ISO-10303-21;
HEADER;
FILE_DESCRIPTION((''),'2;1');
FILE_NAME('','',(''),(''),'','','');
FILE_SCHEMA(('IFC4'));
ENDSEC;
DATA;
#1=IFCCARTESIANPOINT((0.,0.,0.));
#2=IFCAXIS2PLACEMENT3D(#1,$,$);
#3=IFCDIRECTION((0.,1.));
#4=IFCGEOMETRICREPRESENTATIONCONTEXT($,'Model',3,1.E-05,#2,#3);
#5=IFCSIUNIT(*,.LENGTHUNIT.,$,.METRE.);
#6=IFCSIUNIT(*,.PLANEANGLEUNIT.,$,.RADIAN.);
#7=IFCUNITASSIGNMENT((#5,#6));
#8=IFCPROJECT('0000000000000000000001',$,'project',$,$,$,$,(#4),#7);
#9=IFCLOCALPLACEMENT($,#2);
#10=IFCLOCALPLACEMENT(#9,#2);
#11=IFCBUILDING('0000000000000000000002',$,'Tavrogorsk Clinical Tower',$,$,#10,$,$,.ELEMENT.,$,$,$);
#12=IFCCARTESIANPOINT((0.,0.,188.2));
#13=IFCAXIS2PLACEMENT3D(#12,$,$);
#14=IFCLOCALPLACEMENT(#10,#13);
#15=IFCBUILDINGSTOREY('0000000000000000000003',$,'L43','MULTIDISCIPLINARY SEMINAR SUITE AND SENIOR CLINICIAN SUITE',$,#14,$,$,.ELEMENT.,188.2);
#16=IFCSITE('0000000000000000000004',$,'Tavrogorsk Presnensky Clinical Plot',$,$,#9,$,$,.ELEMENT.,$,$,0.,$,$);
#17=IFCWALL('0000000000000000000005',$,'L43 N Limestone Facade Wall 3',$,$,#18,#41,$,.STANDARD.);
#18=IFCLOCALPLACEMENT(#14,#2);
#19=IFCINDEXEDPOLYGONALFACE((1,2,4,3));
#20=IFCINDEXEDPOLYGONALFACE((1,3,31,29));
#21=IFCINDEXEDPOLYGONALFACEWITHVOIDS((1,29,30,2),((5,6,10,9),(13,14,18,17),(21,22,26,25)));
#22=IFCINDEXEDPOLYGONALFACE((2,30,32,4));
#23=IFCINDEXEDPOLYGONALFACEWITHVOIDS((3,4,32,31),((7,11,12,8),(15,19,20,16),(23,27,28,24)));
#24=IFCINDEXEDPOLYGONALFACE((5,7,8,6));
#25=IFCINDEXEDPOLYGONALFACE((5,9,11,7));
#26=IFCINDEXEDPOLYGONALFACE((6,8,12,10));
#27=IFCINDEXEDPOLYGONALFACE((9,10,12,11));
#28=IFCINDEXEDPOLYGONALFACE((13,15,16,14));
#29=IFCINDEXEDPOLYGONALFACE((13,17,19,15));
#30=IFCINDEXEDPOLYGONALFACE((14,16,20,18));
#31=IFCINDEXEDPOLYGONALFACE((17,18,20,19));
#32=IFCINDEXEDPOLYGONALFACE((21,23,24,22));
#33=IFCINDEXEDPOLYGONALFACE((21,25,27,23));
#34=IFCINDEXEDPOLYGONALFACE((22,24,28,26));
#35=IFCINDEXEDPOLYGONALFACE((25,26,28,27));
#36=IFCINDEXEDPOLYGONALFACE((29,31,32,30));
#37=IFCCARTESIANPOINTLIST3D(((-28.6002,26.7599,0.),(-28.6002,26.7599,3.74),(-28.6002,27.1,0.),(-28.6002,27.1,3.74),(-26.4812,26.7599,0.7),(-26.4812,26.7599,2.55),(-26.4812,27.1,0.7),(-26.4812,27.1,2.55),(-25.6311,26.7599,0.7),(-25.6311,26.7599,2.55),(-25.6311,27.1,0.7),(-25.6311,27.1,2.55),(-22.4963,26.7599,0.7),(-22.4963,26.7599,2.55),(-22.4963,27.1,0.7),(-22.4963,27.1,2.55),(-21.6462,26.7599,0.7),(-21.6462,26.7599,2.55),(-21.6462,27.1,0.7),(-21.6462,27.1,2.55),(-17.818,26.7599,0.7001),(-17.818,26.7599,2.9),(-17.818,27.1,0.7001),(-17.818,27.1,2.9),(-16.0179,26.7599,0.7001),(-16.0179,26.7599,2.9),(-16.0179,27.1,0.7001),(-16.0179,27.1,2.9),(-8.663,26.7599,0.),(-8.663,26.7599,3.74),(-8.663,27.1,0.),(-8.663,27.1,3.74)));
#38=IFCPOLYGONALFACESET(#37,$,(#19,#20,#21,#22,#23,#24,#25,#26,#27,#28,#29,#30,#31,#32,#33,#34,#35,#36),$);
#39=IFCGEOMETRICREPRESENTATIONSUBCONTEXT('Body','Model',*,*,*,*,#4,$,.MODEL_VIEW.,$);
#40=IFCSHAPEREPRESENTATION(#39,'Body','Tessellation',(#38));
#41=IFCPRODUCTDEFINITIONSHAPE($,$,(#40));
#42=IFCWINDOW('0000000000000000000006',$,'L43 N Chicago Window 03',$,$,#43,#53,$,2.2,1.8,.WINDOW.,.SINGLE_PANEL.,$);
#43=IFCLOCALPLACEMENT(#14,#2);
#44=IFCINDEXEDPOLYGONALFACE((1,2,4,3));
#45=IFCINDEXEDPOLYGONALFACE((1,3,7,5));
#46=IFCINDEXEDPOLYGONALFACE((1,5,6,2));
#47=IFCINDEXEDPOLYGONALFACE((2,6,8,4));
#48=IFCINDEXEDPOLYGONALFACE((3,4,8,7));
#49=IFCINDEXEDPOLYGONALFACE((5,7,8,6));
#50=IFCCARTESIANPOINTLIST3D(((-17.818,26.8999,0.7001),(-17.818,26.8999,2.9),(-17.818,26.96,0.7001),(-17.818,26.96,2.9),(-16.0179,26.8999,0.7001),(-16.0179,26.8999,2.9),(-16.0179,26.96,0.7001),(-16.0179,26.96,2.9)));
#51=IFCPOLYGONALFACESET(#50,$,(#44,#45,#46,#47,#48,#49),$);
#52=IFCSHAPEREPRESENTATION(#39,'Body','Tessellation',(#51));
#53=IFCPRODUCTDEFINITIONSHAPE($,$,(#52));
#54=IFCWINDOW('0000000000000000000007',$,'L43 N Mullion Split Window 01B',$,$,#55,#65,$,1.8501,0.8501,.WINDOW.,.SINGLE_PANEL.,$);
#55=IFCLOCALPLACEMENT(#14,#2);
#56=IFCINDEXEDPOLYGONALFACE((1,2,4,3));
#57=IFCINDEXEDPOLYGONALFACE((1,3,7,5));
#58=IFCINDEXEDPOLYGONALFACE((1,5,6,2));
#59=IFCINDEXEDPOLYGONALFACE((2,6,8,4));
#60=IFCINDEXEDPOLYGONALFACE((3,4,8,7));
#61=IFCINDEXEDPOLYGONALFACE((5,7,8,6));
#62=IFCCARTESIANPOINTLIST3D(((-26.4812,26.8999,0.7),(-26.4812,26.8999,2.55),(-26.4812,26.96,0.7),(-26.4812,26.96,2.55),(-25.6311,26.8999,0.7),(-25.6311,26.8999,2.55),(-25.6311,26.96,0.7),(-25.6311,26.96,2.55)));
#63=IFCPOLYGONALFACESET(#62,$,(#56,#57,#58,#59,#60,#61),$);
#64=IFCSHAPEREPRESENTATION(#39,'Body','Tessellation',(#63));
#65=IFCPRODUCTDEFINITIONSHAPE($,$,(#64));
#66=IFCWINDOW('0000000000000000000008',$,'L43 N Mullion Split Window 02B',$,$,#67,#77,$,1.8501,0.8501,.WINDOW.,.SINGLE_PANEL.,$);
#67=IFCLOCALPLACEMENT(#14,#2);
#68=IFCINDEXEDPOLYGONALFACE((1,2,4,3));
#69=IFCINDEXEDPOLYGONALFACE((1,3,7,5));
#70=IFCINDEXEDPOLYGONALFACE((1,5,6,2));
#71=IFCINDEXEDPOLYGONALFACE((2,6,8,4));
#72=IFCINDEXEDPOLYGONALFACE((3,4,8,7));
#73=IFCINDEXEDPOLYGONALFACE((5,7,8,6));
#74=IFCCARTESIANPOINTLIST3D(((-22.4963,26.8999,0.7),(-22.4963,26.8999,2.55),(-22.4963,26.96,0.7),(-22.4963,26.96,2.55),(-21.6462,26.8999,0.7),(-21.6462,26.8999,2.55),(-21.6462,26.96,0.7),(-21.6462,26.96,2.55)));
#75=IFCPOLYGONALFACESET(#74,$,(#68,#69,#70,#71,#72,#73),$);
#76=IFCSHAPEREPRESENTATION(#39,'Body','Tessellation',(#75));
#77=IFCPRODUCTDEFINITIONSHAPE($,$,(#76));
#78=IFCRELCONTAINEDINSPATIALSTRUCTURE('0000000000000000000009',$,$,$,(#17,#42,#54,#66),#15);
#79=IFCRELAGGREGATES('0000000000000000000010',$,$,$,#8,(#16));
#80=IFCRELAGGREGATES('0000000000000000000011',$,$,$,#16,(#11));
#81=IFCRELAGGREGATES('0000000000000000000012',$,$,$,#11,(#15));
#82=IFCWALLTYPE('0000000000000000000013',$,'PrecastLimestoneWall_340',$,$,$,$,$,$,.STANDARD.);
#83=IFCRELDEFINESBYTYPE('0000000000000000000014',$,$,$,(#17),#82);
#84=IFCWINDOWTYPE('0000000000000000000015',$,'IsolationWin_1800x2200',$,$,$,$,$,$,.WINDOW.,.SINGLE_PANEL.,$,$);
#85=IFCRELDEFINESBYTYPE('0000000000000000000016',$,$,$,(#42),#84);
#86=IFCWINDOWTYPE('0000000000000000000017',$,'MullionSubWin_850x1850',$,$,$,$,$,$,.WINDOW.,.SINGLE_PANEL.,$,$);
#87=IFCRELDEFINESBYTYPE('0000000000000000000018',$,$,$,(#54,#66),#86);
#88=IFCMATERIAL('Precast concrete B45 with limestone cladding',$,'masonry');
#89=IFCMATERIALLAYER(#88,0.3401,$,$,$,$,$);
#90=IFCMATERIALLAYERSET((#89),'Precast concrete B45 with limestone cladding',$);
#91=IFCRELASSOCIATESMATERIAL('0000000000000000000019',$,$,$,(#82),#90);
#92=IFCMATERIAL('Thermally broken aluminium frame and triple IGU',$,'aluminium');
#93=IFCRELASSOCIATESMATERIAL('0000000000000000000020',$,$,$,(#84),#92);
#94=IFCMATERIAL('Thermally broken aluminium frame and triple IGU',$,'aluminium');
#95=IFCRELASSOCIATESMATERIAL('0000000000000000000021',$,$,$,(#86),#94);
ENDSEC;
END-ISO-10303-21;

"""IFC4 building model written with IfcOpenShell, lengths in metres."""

from ifc_helpers import new_model, si_unit, direction, frame, frame_2d, origin, place, context, subcontext, project, spatial, rectangle, extrude, material, layer, layer_set, type_object, element, fill, save


model = new_model("IFC4")

# Units and contexts
model_context = context("Model", 3, precision=1e-05, world=origin(), true_north=direction((0.0, 1.0)))
body_context = subcontext(model_context, "Body", "Model", "MODEL_VIEW")
ifc_project = project(units=[si_unit("LENGTHUNIT", "METRE"), si_unit("PLANEANGLEUNIT", "RADIAN")], contexts=[model_context])

# Site, building, storey
site_placement = place(None, origin())
site = spatial("IfcSite", under=ifc_project, at=site_placement, Name="Tavrogorsk Presnensky Clinical Plot", CompositionType="ELEMENT", RefElevation=0.0)
building_placement = place(site_placement, origin())
building = spatial("IfcBuilding", under=site, at=building_placement, Name="Tavrogorsk Clinical Tower", CompositionType="ELEMENT")
storey_placement = place(building_placement, frame((0.0, 0.0, 188.2)))
storey = spatial("IfcBuildingStorey", under=building, at=storey_placement, Name="L43", Description="MULTIDISCIPLINARY SEMINAR SUITE AND SENIOR CLINICIAN SUITE", CompositionType="ELEMENT", Elevation=188.2)

# Wall, openings, windows
ifc_material_1 = material(Name="Precast concrete B45 with limestone cladding", Category="masonry")
ifc_layer_1 = layer(ifc_material_1, 0.3401)
ifc_layer_set_1 = layer_set([ifc_layer_1], Name="Precast concrete B45 with limestone cladding")
wall_type_1 = type_object("IfcWallType", Name="PrecastLimestoneWall_340", PredefinedType="STANDARD", material=ifc_layer_set_1)
wall_1_placement = place(storey_placement, frame((-8.6628, 26.9299, 0.0), z_axis=(0.0, 0.0, 1.0), x_axis=(-1.0, 0.0, 0.0)))
wall_1 = element("IfcWall", 1, at=wall_1_placement, inside=storey, type_object=wall_type_1, Name="L43 N Limestone Facade Wall 3", PredefinedType="STANDARD", context=body_context, shape_type="SweptSolid", body=[
    extrude(rectangle(XDim=19.9373, YDim=0.3401, at=frame_2d((9.9688, 0.0))), origin(), (0.0, 0.0, 1.0), 3.74),
])
opening_1_placement = place(wall_1_placement, frame((16.9683, 0.0, 0.7)))
opening_1 = element("IfcOpeningElement", 2, at=opening_1_placement, cuts=wall_1, PredefinedType="OPENING", context=body_context, shape_type="SweptSolid", body=[
    extrude(rectangle(XDim=0.8501, YDim=1.8501, at=frame_2d((0.425, 0.925))), frame((0.0, 0.1799, 0.0), z_axis=(0.0, -1.0, 0.0), x_axis=(1.0, 0.0, 0.0)), (0.0, 0.0, 1.0), 0.3601),
])
opening_2_placement = place(wall_1_placement, frame((12.9834, 0.0, 0.7)))
opening_2 = element("IfcOpeningElement", 3, at=opening_2_placement, cuts=wall_1, PredefinedType="OPENING", context=body_context, shape_type="SweptSolid", body=[
    extrude(rectangle(XDim=0.8501, YDim=1.8501, at=frame_2d((0.425, 0.925))), frame((0.0, 0.1799, 0.0), z_axis=(0.0, -1.0, 0.0), x_axis=(1.0, 0.0, 0.0)), (0.0, 0.0, 1.0), 0.3601),
])
opening_3_placement = place(wall_1_placement, frame((7.3552, 0.0, 0.7)))
opening_3 = element("IfcOpeningElement", 4, at=opening_3_placement, cuts=wall_1, PredefinedType="OPENING", context=body_context, shape_type="SweptSolid", body=[
    extrude(rectangle(XDim=1.8, YDim=2.2, at=frame_2d((0.8999, 1.1001))), frame((0.0, 0.1799, 0.0), z_axis=(0.0, -1.0, 0.0), x_axis=(1.0, 0.0, 0.0)), (0.0, 0.0, 1.0), 0.3601),
])
ifc_material_2 = material(Name="Thermally broken aluminium frame and triple IGU", Category="aluminium")
window_type_1 = type_object("IfcWindowType", Name="IsolationWin_1800x2200", PartitioningType="SINGLE_PANEL", PredefinedType="WINDOW", material=ifc_material_2)
window_1_placement = place(opening_3_placement, origin())
window_1 = element("IfcWindow", 5, at=window_1_placement, inside=storey, type_object=window_type_1, Name="L43 N Chicago Window 03", OverallHeight=2.2, OverallWidth=1.8, PartitioningType="SINGLE_PANEL", PredefinedType="WINDOW", context=body_context, shape_type="SweptSolid", body=[
    extrude(rectangle(XDim=1.8, YDim=2.2, at=frame_2d((0.8999, 1.1001))), frame((0.0, 0.03, 0.0), z_axis=(0.0, -1.0, 0.0), x_axis=(1.0, 0.0, 0.0)), (0.0, 0.0, 1.0), 0.0601),
])
fill(opening_3, window_1)
ifc_material_3 = material(Name="Thermally broken aluminium frame and triple IGU", Category="aluminium")
window_type_2 = type_object("IfcWindowType", Name="MullionSubWin_850x1850", PartitioningType="SINGLE_PANEL", PredefinedType="WINDOW", material=ifc_material_3)
window_2_placement = place(opening_1_placement, origin())
window_2 = element("IfcWindow", 6, at=window_2_placement, inside=storey, type_object=window_type_2, Name="L43 N Mullion Split Window 01B", OverallHeight=1.8501, OverallWidth=0.8501, PartitioningType="SINGLE_PANEL", PredefinedType="WINDOW", context=body_context, shape_type="SweptSolid", body=[
    extrude(rectangle(XDim=0.8501, YDim=1.8501, at=frame_2d((0.425, 0.925))), frame((0.0, 0.03, 0.0), z_axis=(0.0, -1.0, 0.0), x_axis=(1.0, 0.0, 0.0)), (0.0, 0.0, 1.0), 0.0601),
])
fill(opening_1, window_2)
window_3_placement = place(opening_2_placement, origin())
window_3 = element("IfcWindow", 7, at=window_3_placement, inside=storey, type_object=window_type_2, Name="L43 N Mullion Split Window 02B", OverallHeight=1.8501, OverallWidth=0.8501, PartitioningType="SINGLE_PANEL", PredefinedType="WINDOW", context=body_context, shape_type="SweptSolid", body=[
    extrude(rectangle(XDim=0.8501, YDim=1.8501, at=frame_2d((0.425, 0.925))), frame((0.0, 0.03, 0.0), z_axis=(0.0, -1.0, 0.0), x_axis=(1.0, 0.0, 0.0)), (0.0, 0.0, 1.0), 0.0601),
])
fill(opening_2, window_3)

save(model, "model.ifc")
